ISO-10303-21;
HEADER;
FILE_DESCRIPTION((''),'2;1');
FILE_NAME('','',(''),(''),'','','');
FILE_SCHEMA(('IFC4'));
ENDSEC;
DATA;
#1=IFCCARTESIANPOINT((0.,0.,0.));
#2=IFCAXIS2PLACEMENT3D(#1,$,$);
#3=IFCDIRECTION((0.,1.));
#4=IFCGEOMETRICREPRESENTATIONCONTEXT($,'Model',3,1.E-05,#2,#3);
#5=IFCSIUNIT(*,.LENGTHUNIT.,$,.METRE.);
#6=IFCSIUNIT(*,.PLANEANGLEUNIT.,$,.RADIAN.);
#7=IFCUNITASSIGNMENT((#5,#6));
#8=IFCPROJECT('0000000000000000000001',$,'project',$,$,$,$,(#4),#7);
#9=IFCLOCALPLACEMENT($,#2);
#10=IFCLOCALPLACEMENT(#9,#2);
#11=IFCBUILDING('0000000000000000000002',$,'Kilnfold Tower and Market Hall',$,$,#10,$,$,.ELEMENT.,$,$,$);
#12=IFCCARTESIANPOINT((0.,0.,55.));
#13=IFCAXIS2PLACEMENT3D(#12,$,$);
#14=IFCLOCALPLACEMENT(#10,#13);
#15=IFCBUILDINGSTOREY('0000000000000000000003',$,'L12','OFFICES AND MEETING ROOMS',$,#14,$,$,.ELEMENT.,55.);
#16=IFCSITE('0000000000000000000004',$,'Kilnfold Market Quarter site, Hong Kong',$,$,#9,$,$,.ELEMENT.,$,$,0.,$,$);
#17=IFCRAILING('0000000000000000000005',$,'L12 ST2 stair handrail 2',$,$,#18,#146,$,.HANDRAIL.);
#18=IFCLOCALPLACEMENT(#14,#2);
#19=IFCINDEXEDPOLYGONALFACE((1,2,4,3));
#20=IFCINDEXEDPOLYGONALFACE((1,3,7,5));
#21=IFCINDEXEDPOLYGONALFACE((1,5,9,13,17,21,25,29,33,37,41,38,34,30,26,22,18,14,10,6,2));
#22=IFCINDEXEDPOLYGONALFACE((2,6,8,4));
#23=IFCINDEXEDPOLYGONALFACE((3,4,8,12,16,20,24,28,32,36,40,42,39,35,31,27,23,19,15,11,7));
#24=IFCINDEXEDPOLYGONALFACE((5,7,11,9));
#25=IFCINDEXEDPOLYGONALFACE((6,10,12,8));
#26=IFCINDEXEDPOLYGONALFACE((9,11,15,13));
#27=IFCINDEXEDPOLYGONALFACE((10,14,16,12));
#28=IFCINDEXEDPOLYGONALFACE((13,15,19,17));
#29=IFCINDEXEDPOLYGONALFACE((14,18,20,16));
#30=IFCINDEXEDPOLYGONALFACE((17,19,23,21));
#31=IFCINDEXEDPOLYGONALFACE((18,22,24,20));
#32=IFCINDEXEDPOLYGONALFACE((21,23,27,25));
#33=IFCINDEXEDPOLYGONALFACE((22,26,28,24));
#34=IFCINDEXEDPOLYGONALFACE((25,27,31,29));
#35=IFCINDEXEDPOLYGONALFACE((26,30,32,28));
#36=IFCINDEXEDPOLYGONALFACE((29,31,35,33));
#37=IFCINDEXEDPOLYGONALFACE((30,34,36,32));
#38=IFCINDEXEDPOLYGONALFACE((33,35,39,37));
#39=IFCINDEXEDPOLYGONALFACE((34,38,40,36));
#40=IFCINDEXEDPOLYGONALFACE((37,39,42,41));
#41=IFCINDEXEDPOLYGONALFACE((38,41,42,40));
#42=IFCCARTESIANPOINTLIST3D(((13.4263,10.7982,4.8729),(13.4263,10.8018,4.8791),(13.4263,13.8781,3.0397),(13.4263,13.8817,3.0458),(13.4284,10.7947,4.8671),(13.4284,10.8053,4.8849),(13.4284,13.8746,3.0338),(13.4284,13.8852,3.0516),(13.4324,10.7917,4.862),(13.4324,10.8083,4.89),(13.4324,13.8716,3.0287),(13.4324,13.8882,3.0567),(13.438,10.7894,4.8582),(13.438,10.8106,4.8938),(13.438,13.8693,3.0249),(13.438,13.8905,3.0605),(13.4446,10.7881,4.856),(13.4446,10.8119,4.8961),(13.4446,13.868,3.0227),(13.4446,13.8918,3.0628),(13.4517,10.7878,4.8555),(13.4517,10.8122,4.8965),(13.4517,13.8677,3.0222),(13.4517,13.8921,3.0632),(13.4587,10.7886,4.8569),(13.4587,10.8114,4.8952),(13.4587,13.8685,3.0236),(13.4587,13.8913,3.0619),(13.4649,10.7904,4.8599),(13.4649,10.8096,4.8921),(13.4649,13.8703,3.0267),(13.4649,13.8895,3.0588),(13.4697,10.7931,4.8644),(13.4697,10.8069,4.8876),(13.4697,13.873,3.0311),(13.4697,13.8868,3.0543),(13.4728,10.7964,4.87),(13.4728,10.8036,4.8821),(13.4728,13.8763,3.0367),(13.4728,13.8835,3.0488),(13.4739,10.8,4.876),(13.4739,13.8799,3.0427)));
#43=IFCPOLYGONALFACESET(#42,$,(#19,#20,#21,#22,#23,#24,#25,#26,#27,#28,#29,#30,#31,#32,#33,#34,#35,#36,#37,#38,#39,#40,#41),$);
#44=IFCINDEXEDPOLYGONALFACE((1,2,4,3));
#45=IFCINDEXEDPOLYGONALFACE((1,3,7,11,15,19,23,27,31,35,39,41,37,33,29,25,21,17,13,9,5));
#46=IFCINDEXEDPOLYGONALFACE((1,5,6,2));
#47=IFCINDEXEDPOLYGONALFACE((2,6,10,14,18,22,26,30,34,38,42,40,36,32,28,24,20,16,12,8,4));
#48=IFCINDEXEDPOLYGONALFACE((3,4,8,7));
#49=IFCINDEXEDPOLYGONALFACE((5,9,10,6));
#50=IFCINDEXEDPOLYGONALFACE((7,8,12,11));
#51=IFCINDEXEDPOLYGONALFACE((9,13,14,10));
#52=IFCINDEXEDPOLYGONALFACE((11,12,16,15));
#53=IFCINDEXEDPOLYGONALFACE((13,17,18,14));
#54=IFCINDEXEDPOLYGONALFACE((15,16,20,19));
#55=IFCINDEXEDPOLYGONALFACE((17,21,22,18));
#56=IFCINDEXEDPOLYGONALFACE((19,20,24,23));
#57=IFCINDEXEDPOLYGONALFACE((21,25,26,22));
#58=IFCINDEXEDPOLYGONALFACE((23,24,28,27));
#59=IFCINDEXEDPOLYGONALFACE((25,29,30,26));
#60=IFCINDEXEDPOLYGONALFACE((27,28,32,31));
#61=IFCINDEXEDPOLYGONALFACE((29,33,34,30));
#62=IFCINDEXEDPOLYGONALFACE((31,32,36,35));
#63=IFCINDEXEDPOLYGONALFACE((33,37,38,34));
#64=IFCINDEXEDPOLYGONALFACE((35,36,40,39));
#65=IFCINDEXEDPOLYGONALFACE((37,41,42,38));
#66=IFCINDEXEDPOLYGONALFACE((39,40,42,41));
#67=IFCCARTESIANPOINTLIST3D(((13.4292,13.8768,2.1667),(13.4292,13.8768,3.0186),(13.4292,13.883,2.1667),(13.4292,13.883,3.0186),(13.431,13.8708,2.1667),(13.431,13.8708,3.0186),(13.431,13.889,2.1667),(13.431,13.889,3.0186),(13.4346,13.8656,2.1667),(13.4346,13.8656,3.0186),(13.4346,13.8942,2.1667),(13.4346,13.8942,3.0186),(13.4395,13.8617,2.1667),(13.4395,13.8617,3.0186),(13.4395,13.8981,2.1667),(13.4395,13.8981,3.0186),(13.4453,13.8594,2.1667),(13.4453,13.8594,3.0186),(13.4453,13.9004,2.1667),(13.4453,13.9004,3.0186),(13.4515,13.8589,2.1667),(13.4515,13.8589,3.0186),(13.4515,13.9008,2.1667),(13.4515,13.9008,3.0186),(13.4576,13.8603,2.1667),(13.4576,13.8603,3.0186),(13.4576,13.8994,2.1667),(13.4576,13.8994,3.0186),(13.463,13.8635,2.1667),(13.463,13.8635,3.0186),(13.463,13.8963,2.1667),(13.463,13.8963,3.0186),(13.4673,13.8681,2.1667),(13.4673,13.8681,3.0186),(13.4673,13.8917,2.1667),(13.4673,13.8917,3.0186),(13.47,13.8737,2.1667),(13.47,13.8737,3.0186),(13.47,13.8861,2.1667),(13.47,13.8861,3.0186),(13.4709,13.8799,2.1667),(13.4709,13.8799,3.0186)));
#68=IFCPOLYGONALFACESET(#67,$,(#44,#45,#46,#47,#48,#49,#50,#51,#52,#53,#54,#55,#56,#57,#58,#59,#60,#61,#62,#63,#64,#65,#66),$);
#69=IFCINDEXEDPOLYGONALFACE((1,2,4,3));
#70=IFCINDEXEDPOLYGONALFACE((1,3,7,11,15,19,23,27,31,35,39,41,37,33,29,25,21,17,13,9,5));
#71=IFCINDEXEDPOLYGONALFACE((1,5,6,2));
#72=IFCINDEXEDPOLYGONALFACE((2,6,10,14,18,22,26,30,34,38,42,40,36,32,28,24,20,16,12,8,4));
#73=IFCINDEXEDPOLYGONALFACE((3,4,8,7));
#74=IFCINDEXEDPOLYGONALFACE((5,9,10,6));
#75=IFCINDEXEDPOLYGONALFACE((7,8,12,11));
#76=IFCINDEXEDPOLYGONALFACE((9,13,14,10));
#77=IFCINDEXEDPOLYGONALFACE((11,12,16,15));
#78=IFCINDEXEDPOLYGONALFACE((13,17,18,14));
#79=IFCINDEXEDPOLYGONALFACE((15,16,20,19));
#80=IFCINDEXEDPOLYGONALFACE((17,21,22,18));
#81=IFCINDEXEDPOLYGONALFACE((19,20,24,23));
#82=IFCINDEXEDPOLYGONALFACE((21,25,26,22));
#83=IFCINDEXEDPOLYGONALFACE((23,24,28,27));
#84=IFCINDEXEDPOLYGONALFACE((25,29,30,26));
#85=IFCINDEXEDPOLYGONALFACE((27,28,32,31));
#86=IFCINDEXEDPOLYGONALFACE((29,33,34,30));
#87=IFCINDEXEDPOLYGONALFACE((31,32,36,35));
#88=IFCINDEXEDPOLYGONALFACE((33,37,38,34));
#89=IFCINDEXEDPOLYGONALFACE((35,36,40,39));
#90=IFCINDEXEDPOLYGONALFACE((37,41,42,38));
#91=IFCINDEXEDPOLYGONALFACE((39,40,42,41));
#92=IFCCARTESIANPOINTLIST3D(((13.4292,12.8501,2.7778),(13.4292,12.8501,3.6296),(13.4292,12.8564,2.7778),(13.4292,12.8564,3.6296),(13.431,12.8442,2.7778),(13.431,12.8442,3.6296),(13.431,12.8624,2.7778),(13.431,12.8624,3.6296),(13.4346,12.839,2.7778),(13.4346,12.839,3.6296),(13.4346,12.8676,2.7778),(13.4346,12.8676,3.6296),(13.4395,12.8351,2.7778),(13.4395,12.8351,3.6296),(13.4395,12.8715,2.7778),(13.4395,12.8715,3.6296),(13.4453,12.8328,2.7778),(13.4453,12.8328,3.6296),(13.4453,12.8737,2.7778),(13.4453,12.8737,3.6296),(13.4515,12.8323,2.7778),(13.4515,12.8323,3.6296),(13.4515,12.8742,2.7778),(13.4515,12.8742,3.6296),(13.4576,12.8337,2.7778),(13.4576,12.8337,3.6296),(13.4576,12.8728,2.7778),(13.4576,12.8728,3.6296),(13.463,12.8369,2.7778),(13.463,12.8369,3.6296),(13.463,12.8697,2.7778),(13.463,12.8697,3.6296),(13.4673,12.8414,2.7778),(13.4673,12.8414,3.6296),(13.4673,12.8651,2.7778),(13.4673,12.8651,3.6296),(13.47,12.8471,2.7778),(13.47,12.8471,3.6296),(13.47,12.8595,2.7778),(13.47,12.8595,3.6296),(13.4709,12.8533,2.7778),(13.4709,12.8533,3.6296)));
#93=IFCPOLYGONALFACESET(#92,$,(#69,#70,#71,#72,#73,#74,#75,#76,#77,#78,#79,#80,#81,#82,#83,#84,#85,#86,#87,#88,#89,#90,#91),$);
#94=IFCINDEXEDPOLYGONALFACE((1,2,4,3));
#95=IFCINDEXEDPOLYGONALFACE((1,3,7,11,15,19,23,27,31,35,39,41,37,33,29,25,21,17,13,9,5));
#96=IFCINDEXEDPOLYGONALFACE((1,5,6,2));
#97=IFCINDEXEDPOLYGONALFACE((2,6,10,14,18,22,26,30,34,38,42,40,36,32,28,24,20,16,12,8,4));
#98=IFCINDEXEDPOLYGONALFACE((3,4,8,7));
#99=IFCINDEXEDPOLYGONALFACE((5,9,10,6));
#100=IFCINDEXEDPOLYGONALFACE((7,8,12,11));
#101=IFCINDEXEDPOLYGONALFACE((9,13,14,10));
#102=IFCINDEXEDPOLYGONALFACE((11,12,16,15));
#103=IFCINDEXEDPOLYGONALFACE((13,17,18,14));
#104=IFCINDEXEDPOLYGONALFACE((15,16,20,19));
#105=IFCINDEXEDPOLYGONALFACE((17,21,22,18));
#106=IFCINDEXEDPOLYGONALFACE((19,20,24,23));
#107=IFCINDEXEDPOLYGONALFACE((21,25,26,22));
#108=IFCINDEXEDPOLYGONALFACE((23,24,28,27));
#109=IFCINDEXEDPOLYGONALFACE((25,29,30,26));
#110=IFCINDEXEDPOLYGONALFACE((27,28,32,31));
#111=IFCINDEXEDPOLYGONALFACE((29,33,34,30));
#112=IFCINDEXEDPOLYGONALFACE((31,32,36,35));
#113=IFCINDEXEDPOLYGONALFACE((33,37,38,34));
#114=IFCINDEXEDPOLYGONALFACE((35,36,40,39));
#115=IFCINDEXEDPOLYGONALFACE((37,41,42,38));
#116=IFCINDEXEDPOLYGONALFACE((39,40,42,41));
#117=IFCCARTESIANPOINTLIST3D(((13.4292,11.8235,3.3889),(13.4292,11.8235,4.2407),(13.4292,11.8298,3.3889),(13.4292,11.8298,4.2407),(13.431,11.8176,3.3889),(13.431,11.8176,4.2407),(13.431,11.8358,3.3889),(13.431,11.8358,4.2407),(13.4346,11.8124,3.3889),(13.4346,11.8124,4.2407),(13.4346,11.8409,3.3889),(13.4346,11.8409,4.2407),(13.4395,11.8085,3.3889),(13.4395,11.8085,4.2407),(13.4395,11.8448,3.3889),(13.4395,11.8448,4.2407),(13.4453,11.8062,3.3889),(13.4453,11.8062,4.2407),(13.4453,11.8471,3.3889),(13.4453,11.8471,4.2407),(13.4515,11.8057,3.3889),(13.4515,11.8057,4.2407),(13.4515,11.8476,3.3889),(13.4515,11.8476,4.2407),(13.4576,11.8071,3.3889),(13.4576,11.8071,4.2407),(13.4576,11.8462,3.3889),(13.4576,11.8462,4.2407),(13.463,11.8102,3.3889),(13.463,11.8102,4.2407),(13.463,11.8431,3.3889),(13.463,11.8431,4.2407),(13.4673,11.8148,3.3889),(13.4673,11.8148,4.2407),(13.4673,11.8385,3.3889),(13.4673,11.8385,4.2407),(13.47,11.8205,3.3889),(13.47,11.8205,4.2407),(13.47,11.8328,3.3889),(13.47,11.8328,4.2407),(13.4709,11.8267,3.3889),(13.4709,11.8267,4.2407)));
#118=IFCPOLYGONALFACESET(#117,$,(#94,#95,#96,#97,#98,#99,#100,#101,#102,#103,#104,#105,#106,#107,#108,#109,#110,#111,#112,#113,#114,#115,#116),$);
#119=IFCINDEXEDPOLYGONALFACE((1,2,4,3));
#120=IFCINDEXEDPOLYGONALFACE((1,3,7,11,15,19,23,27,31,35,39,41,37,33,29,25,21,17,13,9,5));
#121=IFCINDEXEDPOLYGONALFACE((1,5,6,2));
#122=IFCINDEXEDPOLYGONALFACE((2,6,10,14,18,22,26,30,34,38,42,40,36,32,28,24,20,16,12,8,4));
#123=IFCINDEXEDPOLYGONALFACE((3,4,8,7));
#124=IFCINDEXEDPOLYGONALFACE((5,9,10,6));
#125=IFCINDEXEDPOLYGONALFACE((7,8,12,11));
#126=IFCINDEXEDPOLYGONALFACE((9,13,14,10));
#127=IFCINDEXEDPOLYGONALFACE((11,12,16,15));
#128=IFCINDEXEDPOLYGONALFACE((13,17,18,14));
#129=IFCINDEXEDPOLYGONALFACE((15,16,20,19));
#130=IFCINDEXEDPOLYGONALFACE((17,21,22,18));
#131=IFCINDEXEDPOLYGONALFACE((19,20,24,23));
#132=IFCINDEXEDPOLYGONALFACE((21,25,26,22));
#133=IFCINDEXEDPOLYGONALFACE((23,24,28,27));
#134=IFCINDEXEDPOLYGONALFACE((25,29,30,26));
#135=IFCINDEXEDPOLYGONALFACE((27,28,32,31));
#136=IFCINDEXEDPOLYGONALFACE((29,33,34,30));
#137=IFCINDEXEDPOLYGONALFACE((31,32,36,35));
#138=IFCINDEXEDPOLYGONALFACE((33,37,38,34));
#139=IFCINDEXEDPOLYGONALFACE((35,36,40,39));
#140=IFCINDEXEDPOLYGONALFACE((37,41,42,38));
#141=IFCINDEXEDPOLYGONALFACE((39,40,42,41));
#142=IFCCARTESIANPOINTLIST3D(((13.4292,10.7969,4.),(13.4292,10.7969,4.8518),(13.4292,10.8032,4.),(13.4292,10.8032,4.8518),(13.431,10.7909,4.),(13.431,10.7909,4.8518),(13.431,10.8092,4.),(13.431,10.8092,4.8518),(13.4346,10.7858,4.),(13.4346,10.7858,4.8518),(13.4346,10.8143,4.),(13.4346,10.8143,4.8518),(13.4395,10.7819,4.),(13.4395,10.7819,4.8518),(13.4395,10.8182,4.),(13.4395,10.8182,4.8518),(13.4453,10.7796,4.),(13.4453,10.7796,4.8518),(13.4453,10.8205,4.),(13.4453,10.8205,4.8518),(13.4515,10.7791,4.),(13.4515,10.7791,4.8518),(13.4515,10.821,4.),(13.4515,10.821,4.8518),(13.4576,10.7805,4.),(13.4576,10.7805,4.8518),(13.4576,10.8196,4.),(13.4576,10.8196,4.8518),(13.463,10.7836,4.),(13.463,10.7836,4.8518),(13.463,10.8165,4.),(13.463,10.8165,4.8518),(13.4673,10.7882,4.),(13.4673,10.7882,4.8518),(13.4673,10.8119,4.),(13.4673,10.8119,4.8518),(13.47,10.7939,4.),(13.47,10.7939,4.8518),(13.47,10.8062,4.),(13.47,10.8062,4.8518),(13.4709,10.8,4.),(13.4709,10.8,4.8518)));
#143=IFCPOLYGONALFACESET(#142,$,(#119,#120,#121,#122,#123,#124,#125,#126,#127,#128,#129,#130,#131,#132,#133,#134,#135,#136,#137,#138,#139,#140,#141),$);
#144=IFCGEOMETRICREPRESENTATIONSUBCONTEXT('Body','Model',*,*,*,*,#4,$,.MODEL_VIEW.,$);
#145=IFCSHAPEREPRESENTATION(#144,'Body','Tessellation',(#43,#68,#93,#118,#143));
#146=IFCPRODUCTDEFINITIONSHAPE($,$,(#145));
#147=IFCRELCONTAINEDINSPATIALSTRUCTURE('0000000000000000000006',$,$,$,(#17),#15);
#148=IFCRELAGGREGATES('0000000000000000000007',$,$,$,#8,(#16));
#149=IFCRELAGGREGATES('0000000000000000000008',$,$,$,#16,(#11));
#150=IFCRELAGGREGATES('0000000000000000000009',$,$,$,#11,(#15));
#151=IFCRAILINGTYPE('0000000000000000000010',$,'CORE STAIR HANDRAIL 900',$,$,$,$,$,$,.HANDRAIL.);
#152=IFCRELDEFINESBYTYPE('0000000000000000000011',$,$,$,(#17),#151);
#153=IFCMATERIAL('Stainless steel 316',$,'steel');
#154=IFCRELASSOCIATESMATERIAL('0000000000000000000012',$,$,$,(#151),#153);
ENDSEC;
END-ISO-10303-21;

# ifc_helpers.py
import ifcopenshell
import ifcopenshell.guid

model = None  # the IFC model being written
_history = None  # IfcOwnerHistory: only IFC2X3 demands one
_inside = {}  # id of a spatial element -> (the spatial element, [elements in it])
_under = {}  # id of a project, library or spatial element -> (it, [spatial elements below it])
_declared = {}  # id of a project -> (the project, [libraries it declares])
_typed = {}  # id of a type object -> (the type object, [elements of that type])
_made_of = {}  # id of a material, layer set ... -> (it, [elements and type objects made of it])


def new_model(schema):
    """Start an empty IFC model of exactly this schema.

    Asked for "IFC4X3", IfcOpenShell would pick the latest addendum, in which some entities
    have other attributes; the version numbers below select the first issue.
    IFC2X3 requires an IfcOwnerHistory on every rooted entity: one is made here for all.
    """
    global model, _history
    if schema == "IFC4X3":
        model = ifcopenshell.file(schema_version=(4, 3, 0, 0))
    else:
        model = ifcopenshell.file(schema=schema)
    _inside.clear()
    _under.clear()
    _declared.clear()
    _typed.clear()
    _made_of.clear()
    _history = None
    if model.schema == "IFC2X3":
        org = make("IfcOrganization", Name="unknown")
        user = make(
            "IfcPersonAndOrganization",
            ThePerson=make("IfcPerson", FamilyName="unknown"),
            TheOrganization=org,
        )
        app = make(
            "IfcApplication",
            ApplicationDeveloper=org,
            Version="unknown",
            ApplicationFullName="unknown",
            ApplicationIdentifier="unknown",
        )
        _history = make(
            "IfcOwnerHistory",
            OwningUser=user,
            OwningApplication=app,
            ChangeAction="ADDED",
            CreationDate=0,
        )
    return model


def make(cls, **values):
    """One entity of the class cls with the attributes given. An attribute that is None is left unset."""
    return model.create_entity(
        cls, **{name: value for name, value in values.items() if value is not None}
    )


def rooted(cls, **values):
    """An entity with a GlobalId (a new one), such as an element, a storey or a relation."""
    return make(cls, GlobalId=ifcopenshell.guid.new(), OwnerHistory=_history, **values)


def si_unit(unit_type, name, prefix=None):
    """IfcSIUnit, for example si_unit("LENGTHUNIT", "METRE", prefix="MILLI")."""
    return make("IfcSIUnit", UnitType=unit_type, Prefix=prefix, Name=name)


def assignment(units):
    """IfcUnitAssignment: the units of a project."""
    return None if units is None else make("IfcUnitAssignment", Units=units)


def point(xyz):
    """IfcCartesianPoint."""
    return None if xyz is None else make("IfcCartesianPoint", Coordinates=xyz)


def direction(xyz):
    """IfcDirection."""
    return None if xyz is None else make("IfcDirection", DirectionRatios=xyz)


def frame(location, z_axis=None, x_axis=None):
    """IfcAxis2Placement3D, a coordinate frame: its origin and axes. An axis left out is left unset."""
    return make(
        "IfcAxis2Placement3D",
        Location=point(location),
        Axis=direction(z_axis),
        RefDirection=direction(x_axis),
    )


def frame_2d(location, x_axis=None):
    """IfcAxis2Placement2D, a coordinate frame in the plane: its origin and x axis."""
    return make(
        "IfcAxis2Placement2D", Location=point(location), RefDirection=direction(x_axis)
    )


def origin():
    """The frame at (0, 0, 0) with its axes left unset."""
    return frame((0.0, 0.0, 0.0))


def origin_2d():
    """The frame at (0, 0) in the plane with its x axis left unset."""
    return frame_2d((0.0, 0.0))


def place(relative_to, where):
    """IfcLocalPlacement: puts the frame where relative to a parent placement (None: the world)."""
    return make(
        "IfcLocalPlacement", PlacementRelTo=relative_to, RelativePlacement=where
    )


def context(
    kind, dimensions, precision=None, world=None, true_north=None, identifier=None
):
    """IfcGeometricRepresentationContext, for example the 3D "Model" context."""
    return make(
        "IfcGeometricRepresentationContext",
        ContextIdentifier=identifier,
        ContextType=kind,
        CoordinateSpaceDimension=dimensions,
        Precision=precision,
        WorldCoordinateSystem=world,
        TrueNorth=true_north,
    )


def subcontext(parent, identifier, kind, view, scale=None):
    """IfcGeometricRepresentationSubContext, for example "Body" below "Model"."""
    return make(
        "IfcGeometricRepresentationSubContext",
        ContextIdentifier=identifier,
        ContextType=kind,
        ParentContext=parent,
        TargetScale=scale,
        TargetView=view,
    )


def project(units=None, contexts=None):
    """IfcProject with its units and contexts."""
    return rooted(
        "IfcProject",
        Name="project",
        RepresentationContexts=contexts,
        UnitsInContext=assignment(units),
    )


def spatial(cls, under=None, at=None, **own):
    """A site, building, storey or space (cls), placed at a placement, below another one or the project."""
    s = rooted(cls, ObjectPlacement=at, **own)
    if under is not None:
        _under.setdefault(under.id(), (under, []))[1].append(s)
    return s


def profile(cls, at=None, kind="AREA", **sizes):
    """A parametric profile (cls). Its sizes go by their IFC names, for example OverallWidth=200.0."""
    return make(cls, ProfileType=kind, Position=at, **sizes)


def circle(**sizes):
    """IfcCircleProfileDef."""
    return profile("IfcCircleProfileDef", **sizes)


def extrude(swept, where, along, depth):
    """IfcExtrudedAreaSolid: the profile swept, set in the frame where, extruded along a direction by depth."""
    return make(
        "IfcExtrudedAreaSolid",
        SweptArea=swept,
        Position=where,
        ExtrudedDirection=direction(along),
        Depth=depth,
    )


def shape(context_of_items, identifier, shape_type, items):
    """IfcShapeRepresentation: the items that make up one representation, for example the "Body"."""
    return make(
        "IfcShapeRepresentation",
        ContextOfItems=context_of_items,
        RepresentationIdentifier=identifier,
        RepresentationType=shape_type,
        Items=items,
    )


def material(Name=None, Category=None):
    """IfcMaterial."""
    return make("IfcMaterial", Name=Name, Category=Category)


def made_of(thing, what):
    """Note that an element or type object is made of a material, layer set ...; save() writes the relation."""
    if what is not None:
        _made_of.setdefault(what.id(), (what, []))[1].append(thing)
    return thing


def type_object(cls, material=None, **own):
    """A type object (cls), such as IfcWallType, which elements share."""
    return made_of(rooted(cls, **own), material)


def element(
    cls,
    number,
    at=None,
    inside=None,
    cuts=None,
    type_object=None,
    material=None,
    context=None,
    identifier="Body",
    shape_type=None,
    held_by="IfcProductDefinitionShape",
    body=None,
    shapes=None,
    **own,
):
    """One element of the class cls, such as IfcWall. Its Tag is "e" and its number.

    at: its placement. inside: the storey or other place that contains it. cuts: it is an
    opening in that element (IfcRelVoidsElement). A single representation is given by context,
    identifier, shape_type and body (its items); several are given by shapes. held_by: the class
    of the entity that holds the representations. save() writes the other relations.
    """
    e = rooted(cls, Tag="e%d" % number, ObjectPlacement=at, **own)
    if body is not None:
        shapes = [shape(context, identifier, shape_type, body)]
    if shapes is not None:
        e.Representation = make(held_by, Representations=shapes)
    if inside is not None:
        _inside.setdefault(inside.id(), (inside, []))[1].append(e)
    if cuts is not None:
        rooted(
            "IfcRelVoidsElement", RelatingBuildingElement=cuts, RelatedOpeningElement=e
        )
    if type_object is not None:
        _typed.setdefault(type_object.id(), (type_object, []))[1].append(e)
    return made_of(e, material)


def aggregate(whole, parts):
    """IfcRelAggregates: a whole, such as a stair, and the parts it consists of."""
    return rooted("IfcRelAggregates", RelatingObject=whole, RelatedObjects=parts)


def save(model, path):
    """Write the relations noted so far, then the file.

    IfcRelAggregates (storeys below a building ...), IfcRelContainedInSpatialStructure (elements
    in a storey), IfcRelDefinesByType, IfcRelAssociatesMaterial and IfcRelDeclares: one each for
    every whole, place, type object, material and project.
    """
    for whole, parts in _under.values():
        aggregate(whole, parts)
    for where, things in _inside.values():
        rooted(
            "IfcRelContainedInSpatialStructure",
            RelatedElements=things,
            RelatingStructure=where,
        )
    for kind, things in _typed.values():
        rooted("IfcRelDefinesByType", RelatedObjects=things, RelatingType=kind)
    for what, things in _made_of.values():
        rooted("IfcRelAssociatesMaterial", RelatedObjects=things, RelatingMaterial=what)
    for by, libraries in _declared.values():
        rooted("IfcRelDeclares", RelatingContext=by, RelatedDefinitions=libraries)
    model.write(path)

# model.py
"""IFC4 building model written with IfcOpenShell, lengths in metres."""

from ifc_helpers import new_model, si_unit, direction, frame, origin, origin_2d, place, context, subcontext, project, spatial, circle, extrude, material, type_object, element, save


model = new_model("IFC4")

# Units and contexts
model_context = context("Model", 3, precision=1e-05, world=origin(), true_north=direction((0.0, 1.0)))
body_context = subcontext(model_context, "Body", "Model", "MODEL_VIEW")
ifc_project = project(units=[si_unit("LENGTHUNIT", "METRE"), si_unit("PLANEANGLEUNIT", "RADIAN")], contexts=[model_context])

# Site, building, storey
site_placement = place(None, origin())
site = spatial("IfcSite", under=ifc_project, at=site_placement, Name="Kilnfold Market Quarter site, Hong Kong", CompositionType="ELEMENT", RefElevation=0.0)
building_placement = place(site_placement, origin())
building = spatial("IfcBuilding", under=site, at=building_placement, Name="Kilnfold Tower and Market Hall", CompositionType="ELEMENT")
storey_placement = place(building_placement, frame((0.0, 0.0, 55.0)))
storey = spatial("IfcBuildingStorey", under=building, at=storey_placement, Name="L12", Description="OFFICES AND MEETING ROOMS", CompositionType="ELEMENT", Elevation=55.0)

# Railing
ifc_material_1 = material(Name="Stainless steel 316", Category="steel")
railing_type = type_object("IfcRailingType", Name="CORE STAIR HANDRAIL 900", PredefinedType="HANDRAIL", material=ifc_material_1)
railing_1_placement = place(storey_placement, frame((13.45, 13.8799, 2.1667)))
element("IfcRailing", 1, at=railing_1_placement, inside=storey, type_object=railing_type, Name="L12 ST2 stair handrail 2", PredefinedType="HANDRAIL", context=body_context, shape_type="SweptSolid", body=[
    extrude(circle(Radius=0.0239, at=origin_2d()), frame((0.0, 0.0, 0.876), z_axis=(0.0, -0.859291, 0.511487), x_axis=(1.0, 0.0, 0.0)), (0.0, 0.0, 1.0), 3.5842),
    extrude(circle(Radius=0.021, at=origin_2d()), origin(), (0.0, 0.0, 1.0), 0.8518),
    extrude(circle(Radius=0.021, at=origin_2d()), frame((0.0, -1.0266, 0.6111)), (0.0, 0.0, 1.0), 0.8518),
    extrude(circle(Radius=0.021, at=origin_2d()), frame((0.0, -2.0532, 1.2222)), (0.0, 0.0, 1.0), 0.8518),
    extrude(circle(Radius=0.021, at=origin_2d()), frame((0.0, -3.0798, 1.8333)), (0.0, 0.0, 1.0), 0.8518),
])

save(model, "model.ifc")
